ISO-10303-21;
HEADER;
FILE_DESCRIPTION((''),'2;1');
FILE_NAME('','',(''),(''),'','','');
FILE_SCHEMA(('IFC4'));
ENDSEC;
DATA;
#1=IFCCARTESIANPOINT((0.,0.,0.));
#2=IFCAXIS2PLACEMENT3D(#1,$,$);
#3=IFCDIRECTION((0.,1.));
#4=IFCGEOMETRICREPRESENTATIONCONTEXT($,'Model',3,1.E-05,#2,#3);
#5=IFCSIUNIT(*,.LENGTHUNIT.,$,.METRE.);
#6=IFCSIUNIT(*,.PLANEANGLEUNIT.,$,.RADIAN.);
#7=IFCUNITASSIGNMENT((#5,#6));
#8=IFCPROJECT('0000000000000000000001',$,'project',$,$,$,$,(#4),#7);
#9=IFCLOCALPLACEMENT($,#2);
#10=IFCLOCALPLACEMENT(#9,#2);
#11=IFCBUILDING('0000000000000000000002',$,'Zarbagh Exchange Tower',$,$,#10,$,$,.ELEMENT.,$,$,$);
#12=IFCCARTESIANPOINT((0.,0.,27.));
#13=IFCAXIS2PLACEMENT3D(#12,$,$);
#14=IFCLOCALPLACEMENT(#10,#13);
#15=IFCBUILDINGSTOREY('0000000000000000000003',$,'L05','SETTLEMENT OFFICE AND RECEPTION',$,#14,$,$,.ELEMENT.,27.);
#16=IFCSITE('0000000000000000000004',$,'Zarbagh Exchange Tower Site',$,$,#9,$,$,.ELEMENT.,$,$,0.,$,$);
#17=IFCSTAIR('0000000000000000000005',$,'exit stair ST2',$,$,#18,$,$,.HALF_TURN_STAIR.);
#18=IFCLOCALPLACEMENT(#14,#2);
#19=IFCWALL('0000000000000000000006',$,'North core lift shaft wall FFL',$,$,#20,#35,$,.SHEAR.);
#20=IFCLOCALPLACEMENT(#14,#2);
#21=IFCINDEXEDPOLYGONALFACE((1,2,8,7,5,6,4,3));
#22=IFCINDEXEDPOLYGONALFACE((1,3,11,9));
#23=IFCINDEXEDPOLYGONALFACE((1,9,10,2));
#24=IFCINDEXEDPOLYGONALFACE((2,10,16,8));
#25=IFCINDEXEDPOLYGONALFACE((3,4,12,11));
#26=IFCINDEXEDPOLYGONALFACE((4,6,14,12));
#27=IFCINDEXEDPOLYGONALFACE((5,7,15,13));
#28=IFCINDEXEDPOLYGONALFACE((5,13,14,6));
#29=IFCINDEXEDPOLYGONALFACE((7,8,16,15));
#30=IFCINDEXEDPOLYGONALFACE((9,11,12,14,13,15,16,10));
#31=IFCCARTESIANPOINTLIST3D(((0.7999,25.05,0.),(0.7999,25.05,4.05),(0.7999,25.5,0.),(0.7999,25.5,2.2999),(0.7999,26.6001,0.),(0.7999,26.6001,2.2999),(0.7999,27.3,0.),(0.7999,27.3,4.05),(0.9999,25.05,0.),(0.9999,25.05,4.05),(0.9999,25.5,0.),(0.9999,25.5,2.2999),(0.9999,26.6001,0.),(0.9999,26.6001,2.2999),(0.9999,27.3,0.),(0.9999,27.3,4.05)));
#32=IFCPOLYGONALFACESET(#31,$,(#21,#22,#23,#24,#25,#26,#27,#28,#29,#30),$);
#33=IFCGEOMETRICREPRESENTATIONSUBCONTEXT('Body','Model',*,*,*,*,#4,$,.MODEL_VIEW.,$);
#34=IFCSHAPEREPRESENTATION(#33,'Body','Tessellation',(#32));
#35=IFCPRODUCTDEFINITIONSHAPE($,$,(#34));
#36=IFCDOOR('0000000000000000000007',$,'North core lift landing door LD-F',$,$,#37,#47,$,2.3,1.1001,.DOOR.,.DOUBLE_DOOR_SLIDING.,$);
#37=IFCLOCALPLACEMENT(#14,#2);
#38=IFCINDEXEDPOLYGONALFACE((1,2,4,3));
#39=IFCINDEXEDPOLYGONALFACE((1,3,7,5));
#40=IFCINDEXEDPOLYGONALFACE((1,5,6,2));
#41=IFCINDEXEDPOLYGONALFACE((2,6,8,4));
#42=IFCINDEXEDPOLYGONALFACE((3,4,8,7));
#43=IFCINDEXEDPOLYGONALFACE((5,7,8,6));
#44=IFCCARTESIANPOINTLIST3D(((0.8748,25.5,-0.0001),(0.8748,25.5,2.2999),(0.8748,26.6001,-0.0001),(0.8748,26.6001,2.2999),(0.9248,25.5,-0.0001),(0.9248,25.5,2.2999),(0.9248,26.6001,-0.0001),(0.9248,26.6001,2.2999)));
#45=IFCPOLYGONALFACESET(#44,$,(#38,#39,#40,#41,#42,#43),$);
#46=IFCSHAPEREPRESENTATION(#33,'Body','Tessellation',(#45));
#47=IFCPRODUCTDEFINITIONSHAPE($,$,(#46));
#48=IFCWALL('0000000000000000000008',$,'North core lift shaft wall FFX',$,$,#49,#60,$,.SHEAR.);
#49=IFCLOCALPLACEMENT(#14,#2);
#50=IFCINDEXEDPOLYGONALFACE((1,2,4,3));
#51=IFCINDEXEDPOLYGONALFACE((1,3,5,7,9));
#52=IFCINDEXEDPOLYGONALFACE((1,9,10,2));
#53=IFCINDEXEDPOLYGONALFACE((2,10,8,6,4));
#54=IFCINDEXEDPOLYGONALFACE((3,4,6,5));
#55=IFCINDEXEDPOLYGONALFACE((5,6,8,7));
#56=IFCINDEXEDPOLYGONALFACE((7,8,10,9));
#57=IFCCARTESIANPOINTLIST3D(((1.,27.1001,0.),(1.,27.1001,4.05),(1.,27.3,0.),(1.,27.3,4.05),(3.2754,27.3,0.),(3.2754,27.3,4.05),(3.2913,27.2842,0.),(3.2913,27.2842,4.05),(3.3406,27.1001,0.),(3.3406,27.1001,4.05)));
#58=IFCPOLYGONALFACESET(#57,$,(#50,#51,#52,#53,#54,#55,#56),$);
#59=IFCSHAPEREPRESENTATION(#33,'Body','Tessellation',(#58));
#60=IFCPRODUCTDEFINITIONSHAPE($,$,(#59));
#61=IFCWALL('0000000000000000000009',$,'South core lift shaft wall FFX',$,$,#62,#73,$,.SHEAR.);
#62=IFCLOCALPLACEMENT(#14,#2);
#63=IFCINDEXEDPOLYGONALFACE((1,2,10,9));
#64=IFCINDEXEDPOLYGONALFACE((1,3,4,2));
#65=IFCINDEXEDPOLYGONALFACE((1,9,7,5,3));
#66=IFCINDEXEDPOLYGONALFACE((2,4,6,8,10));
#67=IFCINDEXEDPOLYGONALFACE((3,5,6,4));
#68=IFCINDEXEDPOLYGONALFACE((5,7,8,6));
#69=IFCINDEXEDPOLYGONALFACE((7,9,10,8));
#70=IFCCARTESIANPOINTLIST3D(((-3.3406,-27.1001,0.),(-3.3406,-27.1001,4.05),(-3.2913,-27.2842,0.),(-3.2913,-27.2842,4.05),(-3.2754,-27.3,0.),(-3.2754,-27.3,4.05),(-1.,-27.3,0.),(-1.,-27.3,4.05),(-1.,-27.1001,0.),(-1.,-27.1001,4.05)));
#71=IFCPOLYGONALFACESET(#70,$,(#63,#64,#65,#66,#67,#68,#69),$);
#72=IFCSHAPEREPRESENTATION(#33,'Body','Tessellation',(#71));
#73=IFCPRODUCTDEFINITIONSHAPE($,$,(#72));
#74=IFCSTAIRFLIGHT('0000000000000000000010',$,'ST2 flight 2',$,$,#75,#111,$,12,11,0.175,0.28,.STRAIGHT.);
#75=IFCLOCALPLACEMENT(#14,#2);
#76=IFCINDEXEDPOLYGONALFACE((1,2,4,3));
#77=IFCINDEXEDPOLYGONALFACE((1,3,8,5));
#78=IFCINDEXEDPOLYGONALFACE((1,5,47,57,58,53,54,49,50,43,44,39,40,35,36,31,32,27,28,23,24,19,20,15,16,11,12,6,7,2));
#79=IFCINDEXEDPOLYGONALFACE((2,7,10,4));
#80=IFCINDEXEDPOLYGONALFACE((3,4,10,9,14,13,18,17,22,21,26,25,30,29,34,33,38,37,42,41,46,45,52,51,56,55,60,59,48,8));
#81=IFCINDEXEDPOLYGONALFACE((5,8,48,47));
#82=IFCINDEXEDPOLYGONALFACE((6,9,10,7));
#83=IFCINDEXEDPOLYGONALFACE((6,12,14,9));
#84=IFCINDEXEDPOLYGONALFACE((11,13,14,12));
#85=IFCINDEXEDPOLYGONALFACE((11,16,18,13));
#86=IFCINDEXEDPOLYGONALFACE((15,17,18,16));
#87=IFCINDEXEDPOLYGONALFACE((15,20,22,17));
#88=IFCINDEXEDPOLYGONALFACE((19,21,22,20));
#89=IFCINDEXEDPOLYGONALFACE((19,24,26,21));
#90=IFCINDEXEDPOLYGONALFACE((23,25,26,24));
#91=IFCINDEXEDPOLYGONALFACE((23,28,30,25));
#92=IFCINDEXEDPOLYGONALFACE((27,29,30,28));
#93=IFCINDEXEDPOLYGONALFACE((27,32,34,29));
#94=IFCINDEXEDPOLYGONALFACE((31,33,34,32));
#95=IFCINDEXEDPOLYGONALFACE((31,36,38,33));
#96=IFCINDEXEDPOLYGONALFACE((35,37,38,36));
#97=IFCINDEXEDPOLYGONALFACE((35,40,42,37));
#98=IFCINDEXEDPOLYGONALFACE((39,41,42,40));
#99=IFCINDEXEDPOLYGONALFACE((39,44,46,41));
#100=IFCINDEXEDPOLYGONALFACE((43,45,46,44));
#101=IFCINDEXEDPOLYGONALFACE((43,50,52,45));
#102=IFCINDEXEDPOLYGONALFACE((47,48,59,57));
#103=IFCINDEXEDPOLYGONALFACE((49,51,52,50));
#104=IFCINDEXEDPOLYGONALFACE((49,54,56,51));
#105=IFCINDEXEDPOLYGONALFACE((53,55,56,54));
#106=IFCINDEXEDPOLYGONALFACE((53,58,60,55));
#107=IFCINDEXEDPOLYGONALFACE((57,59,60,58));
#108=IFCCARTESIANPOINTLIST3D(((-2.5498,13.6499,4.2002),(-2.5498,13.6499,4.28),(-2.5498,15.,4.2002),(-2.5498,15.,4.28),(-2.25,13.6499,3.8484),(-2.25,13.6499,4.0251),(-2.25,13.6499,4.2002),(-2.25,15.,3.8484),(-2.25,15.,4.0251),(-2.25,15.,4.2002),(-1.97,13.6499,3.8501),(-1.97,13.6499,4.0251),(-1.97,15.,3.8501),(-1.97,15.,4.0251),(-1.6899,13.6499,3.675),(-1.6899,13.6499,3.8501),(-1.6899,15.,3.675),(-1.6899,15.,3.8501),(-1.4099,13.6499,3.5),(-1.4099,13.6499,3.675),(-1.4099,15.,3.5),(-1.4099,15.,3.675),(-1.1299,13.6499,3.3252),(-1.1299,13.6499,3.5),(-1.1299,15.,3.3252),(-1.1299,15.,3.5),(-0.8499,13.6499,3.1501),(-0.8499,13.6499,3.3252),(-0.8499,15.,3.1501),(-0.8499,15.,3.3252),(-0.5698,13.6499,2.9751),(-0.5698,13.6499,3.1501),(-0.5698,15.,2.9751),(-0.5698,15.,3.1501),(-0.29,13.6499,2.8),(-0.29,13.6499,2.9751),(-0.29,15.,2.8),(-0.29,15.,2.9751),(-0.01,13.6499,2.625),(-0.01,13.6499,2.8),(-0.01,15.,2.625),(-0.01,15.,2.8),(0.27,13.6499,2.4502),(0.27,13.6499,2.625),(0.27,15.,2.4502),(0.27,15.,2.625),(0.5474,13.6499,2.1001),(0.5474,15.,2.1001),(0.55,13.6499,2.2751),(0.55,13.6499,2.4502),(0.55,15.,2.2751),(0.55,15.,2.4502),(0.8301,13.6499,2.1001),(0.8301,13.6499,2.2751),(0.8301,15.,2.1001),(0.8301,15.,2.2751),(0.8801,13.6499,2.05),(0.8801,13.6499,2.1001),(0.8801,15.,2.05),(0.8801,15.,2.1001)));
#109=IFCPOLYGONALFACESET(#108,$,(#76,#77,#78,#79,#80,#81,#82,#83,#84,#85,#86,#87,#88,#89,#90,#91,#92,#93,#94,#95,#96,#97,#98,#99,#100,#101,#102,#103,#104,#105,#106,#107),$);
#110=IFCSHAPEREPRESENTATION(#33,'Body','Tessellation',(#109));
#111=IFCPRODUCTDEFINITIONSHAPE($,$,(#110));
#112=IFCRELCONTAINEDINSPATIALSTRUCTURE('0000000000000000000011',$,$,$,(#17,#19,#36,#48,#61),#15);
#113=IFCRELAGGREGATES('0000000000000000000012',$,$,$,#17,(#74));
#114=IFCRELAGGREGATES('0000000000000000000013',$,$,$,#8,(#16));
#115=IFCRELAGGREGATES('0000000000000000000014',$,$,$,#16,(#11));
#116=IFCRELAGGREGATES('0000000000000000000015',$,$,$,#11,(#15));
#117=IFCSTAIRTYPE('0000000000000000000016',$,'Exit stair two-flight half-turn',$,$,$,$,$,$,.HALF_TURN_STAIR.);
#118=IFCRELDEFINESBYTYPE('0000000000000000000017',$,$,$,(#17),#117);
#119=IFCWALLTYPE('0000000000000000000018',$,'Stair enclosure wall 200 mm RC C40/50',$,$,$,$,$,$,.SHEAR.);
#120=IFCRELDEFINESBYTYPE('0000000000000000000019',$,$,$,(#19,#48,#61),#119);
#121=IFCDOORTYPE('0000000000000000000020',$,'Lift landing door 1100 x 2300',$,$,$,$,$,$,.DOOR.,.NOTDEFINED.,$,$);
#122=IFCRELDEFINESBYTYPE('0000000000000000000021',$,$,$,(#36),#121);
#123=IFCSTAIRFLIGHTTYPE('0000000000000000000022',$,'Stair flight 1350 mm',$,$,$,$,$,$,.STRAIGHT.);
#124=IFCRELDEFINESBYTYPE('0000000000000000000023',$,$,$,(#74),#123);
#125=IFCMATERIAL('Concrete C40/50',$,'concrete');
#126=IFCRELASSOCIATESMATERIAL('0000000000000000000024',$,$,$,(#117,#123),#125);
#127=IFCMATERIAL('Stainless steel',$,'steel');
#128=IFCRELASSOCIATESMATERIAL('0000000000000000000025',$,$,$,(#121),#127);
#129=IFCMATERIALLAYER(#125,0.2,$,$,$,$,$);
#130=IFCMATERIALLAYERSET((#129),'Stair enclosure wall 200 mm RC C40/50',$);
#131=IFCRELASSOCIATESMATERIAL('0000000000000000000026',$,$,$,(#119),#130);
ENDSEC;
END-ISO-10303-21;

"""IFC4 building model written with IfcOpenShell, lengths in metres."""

from ifc_helpers import new_model, si_unit, direction, frame, frame_2d, origin, place, context, subcontext, project, spatial, polyline, rectangle, outline, extrude, material, layer, layer_set, type_object, element, fill, aggregate, save


model = new_model("IFC4")

# Units and contexts
model_context = context("Model", 3, precision=1e-05, world=origin(), true_north=direction((0.0, 1.0)))
body_context = subcontext(model_context, "Body", "Model", "MODEL_VIEW")
ifc_project = project(units=[si_unit("LENGTHUNIT", "METRE"), si_unit("PLANEANGLEUNIT", "RADIAN")], contexts=[model_context])

# Site, building, storey
site_placement = place(None, origin())
site = spatial("IfcSite", under=ifc_project, at=site_placement, Name="Zarbagh Exchange Tower Site", CompositionType="ELEMENT", RefElevation=0.0)
building_placement = place(site_placement, origin())
building = spatial("IfcBuilding", under=site, at=building_placement, Name="Zarbagh Exchange Tower", CompositionType="ELEMENT")
storey_placement = place(building_placement, frame((0.0, 0.0, 27.0)))
storey = spatial("IfcBuildingStorey", under=building, at=storey_placement, Name="L05", Description="SETTLEMENT OFFICE AND RECEPTION", CompositionType="ELEMENT", Elevation=27.0)

# Stair
ifc_material_1 = material(Name="Concrete C40/50", Category="concrete")
stair_type = type_object("IfcStairType", Name="Exit stair two-flight half-turn", PredefinedType="HALF_TURN_STAIR", material=ifc_material_1)
stair_1_placement = place(storey_placement, origin())
stair_1 = element("IfcStair", 1, at=stair_1_placement, inside=storey, type_object=stair_type, Name="exit stair ST2", PredefinedType="HALF_TURN_STAIR")

# Shared definitions
ifc_material_2 = material(Name="Stainless steel", Category="steel")
door_type_1 = type_object("IfcDoorType", Name="Lift landing door 1100 x 2300", OperationType="NOTDEFINED", PredefinedType="DOOR", material=ifc_material_2)

# Wall, opening, door
ifc_layer_1 = layer(ifc_material_1, 0.2)
ifc_layer_set_1 = layer_set([ifc_layer_1], Name="Stair enclosure wall 200 mm RC C40/50")
wall_type_1 = type_object("IfcWallType", Name="Stair enclosure wall 200 mm RC C40/50", PredefinedType="SHEAR", material=ifc_layer_set_1)
wall_1_placement = place(storey_placement, frame((0.8999, 27.3, 0.0), z_axis=(0.0, 0.0, 1.0), x_axis=(0.0, -1.0, 0.0)))
wall_1 = element("IfcWall", 2, at=wall_1_placement, inside=storey, type_object=wall_type_1, Name="North core lift shaft wall FFL", PredefinedType="SHEAR", context=body_context, shape_type="SweptSolid", body=[
    extrude(rectangle(XDim=2.25, YDim=0.2, at=frame_2d((1.125, 0.0))), origin(), (0.0, 0.0, 1.0), 4.05),
])
opening_1_placement = place(wall_1_placement, frame((0.7, 0.0, 0.0)))
opening_1 = element("IfcOpeningElement", 3, at=opening_1_placement, cuts=wall_1, PredefinedType="OPENING", context=body_context, shape_type="SweptSolid", body=[
    extrude(rectangle(XDim=1.1001, YDim=2.3, at=frame_2d((0.55, 1.1499))), frame((0.0, 0.1099, 0.0), z_axis=(0.0, -1.0, 0.0), x_axis=(1.0, 0.0, 0.0)), (0.0, 0.0, 1.0), 0.22),
])
door_1_placement = place(opening_1_placement, origin())
door_1 = element("IfcDoor", 4, at=door_1_placement, inside=storey, type_object=door_type_1, Name="North core lift landing door LD-F", OperationType="DOUBLE_DOOR_SLIDING", OverallHeight=2.3, OverallWidth=1.1001, PredefinedType="DOOR", context=body_context, shape_type="SweptSolid", body=[
    extrude(rectangle(XDim=1.1001, YDim=2.3, at=frame_2d((0.55, 1.1499))), frame((0.0, 0.0249, 0.0), z_axis=(0.0, -1.0, 0.0), x_axis=(1.0, 0.0, 0.0)), (0.0, 0.0, 1.0), 0.05),
])
fill(opening_1, door_1)

# Walls
wall_2_placement = place(storey_placement, origin())
element("IfcWall", 5, at=wall_2_placement, inside=storey, type_object=wall_type_1, Name="North core lift shaft wall FFX", PredefinedType="SHEAR", context=body_context, shape_type="SweptSolid", body=[
    extrude(outline(polyline([(1.0, 27.1001), (3.3406, 27.1001), (3.2913, 27.2842), (3.2754, 27.3), (1.0, 27.3), (1.0, 27.1001)])), origin(), (0.0, 0.0, 1.0), 4.05),
])
wall_3_placement = place(storey_placement, origin())
element("IfcWall", 6, at=wall_3_placement, inside=storey, type_object=wall_type_1, Name="South core lift shaft wall FFX", PredefinedType="SHEAR", context=body_context, shape_type="SweptSolid", body=[
    extrude(outline(polyline([(-1.0, -27.1001), (-3.3406, -27.1001), (-3.2913, -27.2842), (-3.2754, -27.3), (-1.0, -27.3), (-1.0, -27.1001)])), origin(), (0.0, 0.0, 1.0), 4.05),
])

# Stair flight
stair_flight_type = type_object("IfcStairFlightType", Name="Stair flight 1350 mm", PredefinedType="STRAIGHT", material=ifc_material_1)
stair_flight_placement = place(storey_placement, frame((0.8301, 14.325, 2.1001), z_axis=(0.0, 0.0, 1.0), x_axis=(-1.0, 0.0, 0.0)))
stair_flight = element("IfcStairFlight", 7, at=stair_flight_placement, type_object=stair_flight_type, Name="ST2 flight 2", NumberOfRisers=12, NumberOfTreads=11, PredefinedType="STRAIGHT", RiserHeight=0.175, TreadLength=0.28, context=body_context, shape_type="SweptSolid", body=[
    extrude(outline(polyline([(-0.05, -0.05), (-0.05, 0.0), (0.0, 0.0), (0.0, 0.175), (0.28, 0.175), (0.28, 0.3501), (0.5601, 0.3501), (0.5601, 0.5249), (0.8401, 0.5249), (0.8401, 0.7), (1.1201, 0.7), (1.1201, 0.875), (1.3999, 0.875), (1.3999, 1.05), (1.6799, 1.05), (1.6799, 1.2251), (1.96, 1.2251), (1.96, 1.3999), (2.24, 1.3999), (2.24, 1.575), (2.52, 1.575), (2.52, 1.75), (2.8, 1.75), (2.8, 1.925), (3.0801, 1.925), (3.0801, 2.1001), (3.3799, 2.1799), (3.3799, 2.1001), (3.0801, 1.7483), (0.2827, 0.0), (-0.05, -0.05)])), frame((0.0, 0.675, 0.0), z_axis=(0.0, -1.0, 0.0), x_axis=(1.0, 0.0, 0.0)), (0.0, 0.0, 1.0), 1.3501),
])
aggregate(stair_1, [stair_flight])

save(model, "model.ifc")
